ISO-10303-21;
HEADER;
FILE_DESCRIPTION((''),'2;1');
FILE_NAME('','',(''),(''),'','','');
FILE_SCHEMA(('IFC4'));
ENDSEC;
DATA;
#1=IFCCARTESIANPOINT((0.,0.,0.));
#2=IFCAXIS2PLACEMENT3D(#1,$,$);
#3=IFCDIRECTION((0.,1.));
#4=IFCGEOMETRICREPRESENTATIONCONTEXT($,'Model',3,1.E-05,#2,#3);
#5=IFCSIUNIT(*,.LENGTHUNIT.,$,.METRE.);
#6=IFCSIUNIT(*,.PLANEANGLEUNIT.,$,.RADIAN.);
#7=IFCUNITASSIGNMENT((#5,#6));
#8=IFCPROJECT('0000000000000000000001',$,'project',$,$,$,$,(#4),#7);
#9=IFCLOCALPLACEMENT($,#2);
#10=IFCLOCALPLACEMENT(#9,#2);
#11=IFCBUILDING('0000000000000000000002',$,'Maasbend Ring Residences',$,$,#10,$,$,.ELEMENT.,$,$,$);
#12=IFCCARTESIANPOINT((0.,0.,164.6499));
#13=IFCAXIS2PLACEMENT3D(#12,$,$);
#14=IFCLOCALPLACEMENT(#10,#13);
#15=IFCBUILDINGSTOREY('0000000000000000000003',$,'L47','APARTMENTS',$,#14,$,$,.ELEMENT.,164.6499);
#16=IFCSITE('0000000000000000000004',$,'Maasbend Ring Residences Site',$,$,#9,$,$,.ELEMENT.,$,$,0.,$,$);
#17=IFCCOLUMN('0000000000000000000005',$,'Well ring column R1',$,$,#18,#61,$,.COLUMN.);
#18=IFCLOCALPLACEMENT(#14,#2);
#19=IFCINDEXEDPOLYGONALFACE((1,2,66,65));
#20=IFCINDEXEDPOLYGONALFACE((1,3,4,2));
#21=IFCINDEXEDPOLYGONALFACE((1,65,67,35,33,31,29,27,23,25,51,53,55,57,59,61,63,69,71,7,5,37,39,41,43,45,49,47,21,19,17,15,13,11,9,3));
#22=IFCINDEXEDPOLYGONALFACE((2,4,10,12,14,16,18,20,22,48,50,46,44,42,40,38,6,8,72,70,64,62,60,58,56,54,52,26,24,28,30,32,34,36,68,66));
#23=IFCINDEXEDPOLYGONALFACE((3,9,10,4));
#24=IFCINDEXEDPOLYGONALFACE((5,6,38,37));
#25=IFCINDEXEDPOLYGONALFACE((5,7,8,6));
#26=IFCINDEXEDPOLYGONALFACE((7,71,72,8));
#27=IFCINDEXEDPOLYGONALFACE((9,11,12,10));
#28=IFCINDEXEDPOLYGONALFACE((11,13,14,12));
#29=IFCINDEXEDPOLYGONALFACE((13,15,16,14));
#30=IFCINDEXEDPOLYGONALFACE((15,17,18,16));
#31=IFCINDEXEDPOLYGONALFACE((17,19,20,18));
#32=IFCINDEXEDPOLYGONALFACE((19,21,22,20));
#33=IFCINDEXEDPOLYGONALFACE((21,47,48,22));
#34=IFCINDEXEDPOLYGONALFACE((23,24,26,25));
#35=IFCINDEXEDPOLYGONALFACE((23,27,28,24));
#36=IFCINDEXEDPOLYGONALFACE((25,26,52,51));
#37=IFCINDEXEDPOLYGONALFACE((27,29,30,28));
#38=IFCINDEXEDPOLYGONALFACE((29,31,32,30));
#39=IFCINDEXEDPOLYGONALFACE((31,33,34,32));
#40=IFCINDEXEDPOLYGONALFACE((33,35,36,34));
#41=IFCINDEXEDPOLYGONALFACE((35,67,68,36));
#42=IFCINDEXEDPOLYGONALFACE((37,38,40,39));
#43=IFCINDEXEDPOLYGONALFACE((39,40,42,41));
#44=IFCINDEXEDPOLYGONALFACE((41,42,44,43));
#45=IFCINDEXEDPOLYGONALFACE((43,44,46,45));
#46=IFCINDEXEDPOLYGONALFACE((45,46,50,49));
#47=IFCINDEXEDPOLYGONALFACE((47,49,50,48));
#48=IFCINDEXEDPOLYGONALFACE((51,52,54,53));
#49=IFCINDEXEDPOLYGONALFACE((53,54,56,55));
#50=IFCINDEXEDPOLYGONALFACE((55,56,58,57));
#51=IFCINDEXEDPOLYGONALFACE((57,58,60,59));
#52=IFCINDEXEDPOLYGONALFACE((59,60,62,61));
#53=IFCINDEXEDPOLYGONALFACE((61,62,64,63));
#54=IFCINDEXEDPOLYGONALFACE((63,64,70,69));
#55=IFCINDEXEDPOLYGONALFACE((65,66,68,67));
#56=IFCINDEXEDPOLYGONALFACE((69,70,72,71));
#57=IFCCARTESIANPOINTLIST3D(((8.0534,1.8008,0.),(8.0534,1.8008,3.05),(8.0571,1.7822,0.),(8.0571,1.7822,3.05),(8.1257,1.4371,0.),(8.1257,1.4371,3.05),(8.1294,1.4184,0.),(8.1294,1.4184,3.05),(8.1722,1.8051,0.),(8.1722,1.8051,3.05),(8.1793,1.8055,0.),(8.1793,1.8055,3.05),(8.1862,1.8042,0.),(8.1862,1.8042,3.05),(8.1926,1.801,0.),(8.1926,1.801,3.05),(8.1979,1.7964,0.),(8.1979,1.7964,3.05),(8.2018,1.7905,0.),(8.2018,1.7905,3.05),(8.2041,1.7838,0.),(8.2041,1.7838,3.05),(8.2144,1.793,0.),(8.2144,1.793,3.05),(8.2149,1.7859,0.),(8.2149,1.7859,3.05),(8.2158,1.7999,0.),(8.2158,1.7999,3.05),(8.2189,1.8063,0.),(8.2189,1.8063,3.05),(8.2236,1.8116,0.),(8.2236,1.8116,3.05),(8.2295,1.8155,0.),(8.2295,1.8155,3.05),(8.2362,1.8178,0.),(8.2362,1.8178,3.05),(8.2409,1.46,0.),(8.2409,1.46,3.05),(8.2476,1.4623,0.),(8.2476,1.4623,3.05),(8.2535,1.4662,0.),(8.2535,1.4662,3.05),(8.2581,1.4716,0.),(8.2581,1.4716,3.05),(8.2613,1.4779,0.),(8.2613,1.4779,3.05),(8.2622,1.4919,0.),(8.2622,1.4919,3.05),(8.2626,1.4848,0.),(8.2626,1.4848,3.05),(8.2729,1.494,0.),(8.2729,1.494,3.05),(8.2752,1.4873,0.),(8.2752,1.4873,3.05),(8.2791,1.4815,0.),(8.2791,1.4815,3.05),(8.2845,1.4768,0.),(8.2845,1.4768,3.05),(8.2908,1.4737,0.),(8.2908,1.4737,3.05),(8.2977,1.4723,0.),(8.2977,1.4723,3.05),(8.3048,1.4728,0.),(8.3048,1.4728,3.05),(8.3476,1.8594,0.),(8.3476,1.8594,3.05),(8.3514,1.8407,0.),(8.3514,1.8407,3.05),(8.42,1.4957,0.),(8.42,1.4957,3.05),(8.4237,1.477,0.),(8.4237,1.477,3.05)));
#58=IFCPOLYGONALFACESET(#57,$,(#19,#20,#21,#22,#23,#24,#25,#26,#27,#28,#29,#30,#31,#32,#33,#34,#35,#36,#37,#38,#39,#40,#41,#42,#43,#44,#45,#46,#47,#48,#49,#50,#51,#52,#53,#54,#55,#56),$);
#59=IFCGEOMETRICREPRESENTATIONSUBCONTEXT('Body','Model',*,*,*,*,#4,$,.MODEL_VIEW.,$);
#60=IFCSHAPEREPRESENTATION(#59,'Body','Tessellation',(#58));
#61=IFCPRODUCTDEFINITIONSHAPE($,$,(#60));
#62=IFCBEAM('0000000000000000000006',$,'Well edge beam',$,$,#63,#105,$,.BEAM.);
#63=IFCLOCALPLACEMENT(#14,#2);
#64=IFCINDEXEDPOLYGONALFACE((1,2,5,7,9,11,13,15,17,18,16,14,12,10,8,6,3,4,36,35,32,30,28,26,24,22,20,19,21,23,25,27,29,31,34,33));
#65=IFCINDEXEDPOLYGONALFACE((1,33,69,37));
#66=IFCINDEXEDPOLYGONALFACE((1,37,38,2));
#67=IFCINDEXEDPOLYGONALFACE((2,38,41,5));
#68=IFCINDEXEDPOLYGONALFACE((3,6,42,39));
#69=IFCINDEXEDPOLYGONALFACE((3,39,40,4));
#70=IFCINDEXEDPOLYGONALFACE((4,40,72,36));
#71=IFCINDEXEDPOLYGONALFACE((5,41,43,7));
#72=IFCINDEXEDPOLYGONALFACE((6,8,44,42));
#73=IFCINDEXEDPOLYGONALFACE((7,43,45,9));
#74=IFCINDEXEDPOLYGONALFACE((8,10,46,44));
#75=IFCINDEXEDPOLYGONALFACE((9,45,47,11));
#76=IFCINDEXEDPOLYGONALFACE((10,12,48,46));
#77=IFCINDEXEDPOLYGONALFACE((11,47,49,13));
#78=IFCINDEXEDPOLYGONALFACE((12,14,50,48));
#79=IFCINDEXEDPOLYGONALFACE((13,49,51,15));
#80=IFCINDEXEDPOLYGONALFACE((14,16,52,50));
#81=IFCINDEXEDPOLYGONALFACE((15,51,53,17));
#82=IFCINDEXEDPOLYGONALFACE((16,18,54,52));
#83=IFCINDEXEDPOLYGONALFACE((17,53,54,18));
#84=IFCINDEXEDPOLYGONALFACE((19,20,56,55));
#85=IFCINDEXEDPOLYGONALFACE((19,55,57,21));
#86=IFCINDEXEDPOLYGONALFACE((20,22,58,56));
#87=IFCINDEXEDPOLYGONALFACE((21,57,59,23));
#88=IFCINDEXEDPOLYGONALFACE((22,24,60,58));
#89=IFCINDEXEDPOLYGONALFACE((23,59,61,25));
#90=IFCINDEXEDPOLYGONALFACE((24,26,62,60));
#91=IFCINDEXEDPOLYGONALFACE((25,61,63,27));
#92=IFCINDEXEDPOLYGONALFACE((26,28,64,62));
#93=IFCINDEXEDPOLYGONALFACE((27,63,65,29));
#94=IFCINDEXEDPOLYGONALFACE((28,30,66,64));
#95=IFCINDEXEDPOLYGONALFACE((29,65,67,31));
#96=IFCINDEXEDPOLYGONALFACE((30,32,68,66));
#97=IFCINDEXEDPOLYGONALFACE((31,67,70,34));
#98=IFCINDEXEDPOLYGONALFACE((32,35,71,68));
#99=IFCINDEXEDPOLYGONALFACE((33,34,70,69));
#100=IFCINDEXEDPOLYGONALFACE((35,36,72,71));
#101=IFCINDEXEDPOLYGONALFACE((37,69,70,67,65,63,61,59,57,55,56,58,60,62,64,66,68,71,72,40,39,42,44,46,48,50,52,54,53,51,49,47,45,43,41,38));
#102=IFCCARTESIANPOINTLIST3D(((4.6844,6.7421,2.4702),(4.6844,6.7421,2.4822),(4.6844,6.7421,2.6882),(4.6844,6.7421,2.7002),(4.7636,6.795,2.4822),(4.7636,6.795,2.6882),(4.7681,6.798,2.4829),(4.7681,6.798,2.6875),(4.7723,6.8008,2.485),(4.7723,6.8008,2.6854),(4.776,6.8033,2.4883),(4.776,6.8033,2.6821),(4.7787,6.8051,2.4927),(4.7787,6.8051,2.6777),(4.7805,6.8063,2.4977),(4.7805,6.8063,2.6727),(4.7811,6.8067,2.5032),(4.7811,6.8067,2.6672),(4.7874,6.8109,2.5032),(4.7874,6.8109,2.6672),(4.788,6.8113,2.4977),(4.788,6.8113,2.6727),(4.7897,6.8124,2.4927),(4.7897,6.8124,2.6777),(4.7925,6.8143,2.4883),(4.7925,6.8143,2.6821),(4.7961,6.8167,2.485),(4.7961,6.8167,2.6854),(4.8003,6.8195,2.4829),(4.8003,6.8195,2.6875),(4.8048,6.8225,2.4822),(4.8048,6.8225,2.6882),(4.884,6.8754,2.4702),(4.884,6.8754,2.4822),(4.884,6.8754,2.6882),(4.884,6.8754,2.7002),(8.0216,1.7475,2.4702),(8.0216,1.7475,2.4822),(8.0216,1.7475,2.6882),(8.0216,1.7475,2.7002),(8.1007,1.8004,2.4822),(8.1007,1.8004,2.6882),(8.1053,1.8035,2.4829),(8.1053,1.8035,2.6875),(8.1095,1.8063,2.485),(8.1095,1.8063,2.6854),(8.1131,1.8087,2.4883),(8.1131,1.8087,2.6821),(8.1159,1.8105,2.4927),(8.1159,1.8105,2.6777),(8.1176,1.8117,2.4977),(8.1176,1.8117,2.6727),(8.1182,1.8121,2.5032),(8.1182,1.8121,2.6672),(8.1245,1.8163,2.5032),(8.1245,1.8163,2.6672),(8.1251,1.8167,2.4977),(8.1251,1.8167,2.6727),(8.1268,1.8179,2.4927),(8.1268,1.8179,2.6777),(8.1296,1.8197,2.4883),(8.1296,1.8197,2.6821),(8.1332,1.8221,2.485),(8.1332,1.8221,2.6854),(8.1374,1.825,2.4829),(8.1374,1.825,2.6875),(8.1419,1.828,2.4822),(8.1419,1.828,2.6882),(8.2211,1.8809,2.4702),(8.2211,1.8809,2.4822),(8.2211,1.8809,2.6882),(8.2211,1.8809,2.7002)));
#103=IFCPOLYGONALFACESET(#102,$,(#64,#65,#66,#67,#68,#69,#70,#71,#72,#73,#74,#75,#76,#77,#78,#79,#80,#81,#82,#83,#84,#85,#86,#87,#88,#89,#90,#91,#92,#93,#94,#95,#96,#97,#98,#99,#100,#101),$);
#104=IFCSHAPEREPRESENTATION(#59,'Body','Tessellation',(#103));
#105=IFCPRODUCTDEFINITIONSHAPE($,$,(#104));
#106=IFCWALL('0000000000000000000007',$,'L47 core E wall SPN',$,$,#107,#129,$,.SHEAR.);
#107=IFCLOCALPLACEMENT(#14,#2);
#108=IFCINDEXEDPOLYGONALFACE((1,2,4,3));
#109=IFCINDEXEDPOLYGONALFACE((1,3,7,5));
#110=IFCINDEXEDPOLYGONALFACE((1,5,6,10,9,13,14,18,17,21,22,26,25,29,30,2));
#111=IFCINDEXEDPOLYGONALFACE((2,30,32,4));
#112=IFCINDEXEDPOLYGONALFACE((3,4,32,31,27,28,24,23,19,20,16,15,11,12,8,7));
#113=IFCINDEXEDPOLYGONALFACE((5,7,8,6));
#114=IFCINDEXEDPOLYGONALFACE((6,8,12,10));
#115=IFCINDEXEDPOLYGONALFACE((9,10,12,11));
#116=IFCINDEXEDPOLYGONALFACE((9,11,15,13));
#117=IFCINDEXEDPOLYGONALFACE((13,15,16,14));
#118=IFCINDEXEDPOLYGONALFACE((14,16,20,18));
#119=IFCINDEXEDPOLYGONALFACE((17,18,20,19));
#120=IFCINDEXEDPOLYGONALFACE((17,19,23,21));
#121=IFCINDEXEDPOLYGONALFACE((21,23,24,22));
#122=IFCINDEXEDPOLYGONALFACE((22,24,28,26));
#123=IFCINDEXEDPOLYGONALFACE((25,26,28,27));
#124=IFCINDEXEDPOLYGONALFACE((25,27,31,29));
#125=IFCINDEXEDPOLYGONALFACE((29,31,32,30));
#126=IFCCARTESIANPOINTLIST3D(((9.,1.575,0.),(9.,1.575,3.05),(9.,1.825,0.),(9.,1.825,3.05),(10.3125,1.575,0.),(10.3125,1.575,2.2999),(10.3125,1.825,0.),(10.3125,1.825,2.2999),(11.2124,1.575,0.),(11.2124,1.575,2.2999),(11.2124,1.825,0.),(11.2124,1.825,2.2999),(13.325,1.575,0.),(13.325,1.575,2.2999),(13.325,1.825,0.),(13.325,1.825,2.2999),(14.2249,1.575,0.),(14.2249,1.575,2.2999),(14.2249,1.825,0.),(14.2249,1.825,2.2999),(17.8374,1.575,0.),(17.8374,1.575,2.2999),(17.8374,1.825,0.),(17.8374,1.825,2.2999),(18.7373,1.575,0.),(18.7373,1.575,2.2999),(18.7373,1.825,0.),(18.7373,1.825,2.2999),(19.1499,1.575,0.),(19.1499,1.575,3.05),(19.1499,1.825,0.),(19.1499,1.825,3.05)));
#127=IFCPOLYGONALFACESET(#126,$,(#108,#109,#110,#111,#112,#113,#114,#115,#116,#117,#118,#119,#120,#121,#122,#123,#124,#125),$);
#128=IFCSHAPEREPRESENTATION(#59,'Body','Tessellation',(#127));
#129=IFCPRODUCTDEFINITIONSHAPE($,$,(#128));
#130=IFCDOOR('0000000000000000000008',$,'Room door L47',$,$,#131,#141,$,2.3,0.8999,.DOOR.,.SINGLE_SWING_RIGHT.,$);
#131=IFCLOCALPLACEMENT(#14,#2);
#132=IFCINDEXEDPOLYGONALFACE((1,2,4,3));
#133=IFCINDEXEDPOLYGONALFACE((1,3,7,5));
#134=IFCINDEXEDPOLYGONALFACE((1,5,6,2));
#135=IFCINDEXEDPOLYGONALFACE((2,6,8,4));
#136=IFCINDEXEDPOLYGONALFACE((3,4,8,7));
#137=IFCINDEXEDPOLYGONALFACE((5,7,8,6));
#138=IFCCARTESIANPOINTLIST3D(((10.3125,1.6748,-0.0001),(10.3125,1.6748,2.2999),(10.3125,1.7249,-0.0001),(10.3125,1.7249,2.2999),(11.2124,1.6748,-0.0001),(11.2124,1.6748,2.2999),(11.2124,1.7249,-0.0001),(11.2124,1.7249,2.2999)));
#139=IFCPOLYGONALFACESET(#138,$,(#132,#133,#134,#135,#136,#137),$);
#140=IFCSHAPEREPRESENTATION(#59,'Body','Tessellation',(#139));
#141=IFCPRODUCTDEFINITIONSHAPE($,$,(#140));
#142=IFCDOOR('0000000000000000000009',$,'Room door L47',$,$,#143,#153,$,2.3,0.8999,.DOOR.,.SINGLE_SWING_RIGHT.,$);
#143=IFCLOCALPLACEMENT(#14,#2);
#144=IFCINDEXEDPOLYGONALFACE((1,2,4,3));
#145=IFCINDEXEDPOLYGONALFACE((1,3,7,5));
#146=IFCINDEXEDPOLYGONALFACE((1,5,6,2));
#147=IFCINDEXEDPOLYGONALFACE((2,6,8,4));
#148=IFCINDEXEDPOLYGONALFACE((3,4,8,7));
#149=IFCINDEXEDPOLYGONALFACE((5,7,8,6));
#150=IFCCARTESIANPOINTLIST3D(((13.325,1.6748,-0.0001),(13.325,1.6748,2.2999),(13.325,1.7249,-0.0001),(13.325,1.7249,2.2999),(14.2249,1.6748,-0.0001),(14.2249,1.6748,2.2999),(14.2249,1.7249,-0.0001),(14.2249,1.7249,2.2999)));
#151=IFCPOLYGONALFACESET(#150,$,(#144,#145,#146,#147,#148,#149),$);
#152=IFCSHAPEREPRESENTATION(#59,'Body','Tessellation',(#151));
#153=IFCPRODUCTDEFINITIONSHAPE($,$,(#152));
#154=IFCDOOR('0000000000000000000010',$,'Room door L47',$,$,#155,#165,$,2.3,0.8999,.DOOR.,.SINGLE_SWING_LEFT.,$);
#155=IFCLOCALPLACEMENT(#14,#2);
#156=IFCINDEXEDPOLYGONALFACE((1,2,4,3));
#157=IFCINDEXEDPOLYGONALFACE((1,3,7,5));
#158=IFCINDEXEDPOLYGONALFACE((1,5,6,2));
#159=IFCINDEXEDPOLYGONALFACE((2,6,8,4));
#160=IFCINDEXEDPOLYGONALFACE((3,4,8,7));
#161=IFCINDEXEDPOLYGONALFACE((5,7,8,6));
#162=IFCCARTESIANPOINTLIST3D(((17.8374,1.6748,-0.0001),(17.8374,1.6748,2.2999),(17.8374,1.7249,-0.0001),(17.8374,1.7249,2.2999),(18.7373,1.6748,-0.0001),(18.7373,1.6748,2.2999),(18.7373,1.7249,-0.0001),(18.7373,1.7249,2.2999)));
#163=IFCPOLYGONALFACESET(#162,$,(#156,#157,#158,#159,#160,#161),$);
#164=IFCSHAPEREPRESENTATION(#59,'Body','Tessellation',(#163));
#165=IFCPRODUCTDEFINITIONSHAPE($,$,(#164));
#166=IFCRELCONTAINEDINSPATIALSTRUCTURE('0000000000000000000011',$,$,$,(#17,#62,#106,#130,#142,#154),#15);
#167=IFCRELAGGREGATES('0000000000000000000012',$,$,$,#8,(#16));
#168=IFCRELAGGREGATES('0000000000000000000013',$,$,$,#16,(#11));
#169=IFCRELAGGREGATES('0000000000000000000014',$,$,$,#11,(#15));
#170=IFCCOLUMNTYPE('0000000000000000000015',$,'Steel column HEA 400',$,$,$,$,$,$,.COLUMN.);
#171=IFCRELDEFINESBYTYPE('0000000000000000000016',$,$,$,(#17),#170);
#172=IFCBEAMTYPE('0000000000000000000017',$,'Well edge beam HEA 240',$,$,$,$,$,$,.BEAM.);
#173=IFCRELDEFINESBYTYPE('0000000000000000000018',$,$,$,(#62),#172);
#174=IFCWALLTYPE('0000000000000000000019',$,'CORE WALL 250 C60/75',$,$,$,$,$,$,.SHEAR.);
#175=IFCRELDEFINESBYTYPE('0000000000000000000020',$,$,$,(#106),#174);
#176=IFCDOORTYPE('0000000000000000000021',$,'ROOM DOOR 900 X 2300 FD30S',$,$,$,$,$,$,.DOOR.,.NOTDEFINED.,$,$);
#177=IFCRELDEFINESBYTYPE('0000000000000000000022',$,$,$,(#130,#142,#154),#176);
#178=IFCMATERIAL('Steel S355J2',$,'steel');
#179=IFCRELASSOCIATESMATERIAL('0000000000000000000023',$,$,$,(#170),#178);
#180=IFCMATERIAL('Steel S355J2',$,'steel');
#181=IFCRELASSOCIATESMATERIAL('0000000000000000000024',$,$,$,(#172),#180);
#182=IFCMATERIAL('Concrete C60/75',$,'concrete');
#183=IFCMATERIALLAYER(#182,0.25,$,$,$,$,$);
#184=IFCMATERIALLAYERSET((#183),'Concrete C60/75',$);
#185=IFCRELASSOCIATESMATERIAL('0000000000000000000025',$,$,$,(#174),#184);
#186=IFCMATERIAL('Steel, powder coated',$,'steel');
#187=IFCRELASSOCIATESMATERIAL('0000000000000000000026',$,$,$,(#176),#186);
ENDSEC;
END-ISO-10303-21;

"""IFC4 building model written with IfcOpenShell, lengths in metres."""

from ifc_helpers import new_model, si_unit, direction, frame, frame_2d, origin, origin_2d, place, context, subcontext, project, spatial, rectangle, i_section, extrude, material, layer, layer_set, material_profile, profile_set, type_object, element, fill, save


model = new_model("IFC4")

# Units and contexts
model_context = context("Model", 3, precision=1e-05, world=origin(), true_north=direction((0.0, 1.0)))
body_context = subcontext(model_context, "Body", "Model", "MODEL_VIEW")
ifc_project = project(units=[si_unit("LENGTHUNIT", "METRE"), si_unit("PLANEANGLEUNIT", "RADIAN")], contexts=[model_context])

# Site, building, storey
site_placement = place(None, origin())
site = spatial("IfcSite", under=ifc_project, at=site_placement, Name="Maasbend Ring Residences Site", CompositionType="ELEMENT", RefElevation=0.0)
building_placement = place(site_placement, origin())
building = spatial("IfcBuilding", under=site, at=building_placement, Name="Maasbend Ring Residences", CompositionType="ELEMENT")
storey_placement = place(building_placement, frame((0.0, 0.0, 164.6499)))
storey = spatial("IfcBuildingStorey", under=building, at=storey_placement, Name="L47", Description="APARTMENTS", CompositionType="ELEMENT", Elevation=164.6499)

# Column
ifc_material_1 = material(Name="Steel S355J2", Category="steel")
ifc_material_profile_1 = material_profile(ifc_material_1, i_section(OverallWidth=0.3, OverallDepth=0.3899, WebThickness=0.011, FlangeThickness=0.019, FilletRadius=0.0271, at=origin_2d()), Name="HEA 400")
ifc_profile_set_1 = profile_set([ifc_material_profile_1], Name="Steel S355J2")
column_type = type_object("IfcColumnType", Name="Steel column HEA 400", PredefinedType="COLUMN", material=ifc_profile_set_1)
column_placement = place(storey_placement, frame((8.2385, 1.6389, 0.0), z_axis=(0.0, 0.0, 1.0), x_axis=(0.980785, 0.19509, 0.0)))
element("IfcColumn", 1, at=column_placement, inside=storey, type_object=column_type, Name="Well ring column R1", PredefinedType="COLUMN", context=body_context, shape_type="SweptSolid", body=[
    extrude(i_section(OverallWidth=0.3, OverallDepth=0.3899, WebThickness=0.011, FlangeThickness=0.019, FilletRadius=0.0271, at=origin_2d()), origin(), (0.0, 0.0, 1.0), 3.05),
])

# Beam
ifc_material_2 = material(Name="Steel S355J2", Category="steel")
ifc_material_profile_2 = material_profile(ifc_material_2, i_section(OverallWidth=0.24, OverallDepth=0.23, WebThickness=0.0076, FlangeThickness=0.012, FilletRadius=0.021, at=origin_2d()), Name="HEA 240")
ifc_profile_set_2 = profile_set([ifc_material_profile_2], Name="Steel S355J2")
beam_type = type_object("IfcBeamType", Name="Well edge beam HEA 240", PredefinedType="BEAM", material=ifc_profile_set_2)
beam_placement = place(storey_placement, frame((8.1213, 1.8142, 2.5852), z_axis=(-0.555553, 0.831481, 0.0), x_axis=(-0.831481, -0.555553, 0.0)))
element("IfcBeam", 2, at=beam_placement, inside=storey, type_object=beam_type, Name="Well edge beam", PredefinedType="BEAM", context=body_context, shape_type="SweptSolid", body=[
    extrude(i_section(OverallWidth=0.24, OverallDepth=0.23, WebThickness=0.0076, FlangeThickness=0.012, FilletRadius=0.021, at=origin_2d()), origin(), (0.0, 0.0, 1.0), 6.0068),
])

# Wall, openings, doors
ifc_material_3 = material(Name="Concrete C60/75", Category="concrete")
ifc_layer_1 = layer(ifc_material_3, 0.25)
ifc_layer_set_1 = layer_set([ifc_layer_1], Name="Concrete C60/75")
wall_type_1 = type_object("IfcWallType", Name="CORE WALL 250 C60/75", PredefinedType="SHEAR", material=ifc_layer_set_1)
wall_1_placement = place(storey_placement, frame((9.0, 1.7, 0.0), z_axis=(0.0, 0.0, 1.0), x_axis=(1.0, 0.0, 0.0)))
wall_1 = element("IfcWall", 3, at=wall_1_placement, inside=storey, type_object=wall_type_1, Name="L47 core E wall SPN", PredefinedType="SHEAR", context=body_context, shape_type="SweptSolid", body=[
    extrude(rectangle(XDim=10.1499, YDim=0.25, at=frame_2d((5.075, 0.0))), origin(), (0.0, 0.0, 1.0), 3.05),
])
opening_1_placement = place(wall_1_placement, frame((1.3125, 0.0, 0.0)))
opening_1 = element("IfcOpeningElement", 4, at=opening_1_placement, cuts=wall_1, PredefinedType="OPENING", context=body_context, shape_type="SweptSolid", body=[
    extrude(rectangle(XDim=0.8999, YDim=2.3, at=frame_2d((0.45, 1.1499))), frame((0.0, 0.135, 0.0), z_axis=(0.0, -1.0, 0.0), x_axis=(1.0, 0.0, 0.0)), (0.0, 0.0, 1.0), 0.27),
])
opening_2_placement = place(wall_1_placement, frame((4.325, 0.0, 0.0)))
opening_2 = element("IfcOpeningElement", 5, at=opening_2_placement, cuts=wall_1, PredefinedType="OPENING", context=body_context, shape_type="SweptSolid", body=[
    extrude(rectangle(XDim=0.8999, YDim=2.3, at=frame_2d((0.45, 1.1499))), frame((0.0, 0.135, 0.0), z_axis=(0.0, -1.0, 0.0), x_axis=(1.0, 0.0, 0.0)), (0.0, 0.0, 1.0), 0.27),
])
opening_3_placement = place(wall_1_placement, frame((8.8374, 0.0, 0.0)))
opening_3 = element("IfcOpeningElement", 6, at=opening_3_placement, cuts=wall_1, PredefinedType="OPENING", context=body_context, shape_type="SweptSolid", body=[
    extrude(rectangle(XDim=0.8999, YDim=2.3, at=frame_2d((0.45, 1.1499))), frame((0.0, 0.135, 0.0), z_axis=(0.0, -1.0, 0.0), x_axis=(1.0, 0.0, 0.0)), (0.0, 0.0, 1.0), 0.27),
])
ifc_material_4 = material(Name="Steel, powder coated", Category="steel")
door_type_1 = type_object("IfcDoorType", Name="ROOM DOOR 900 X 2300 FD30S", OperationType="NOTDEFINED", PredefinedType="DOOR", material=ifc_material_4)
door_1_placement = place(opening_1_placement, origin())
door_1 = element("IfcDoor", 7, at=door_1_placement, inside=storey, type_object=door_type_1, Name="Room door L47", OperationType="SINGLE_SWING_RIGHT", OverallHeight=2.3, OverallWidth=0.8999, PredefinedType="DOOR", context=body_context, shape_type="SweptSolid", body=[
    extrude(rectangle(XDim=0.8999, YDim=2.3, at=frame_2d((0.45, 1.1499))), frame((0.0, 0.0249, 0.0), z_axis=(0.0, -1.0, 0.0), x_axis=(1.0, 0.0, 0.0)), (0.0, 0.0, 1.0), 0.05),
])
fill(opening_1, door_1)
door_2_placement = place(opening_2_placement, origin())
door_2 = element("IfcDoor", 8, at=door_2_placement, inside=storey, type_object=door_type_1, Name="Room door L47", OperationType="SINGLE_SWING_RIGHT", OverallHeight=2.3, OverallWidth=0.8999, PredefinedType="DOOR", context=body_context, shape_type="SweptSolid", body=[
    extrude(rectangle(XDim=0.8999, YDim=2.3, at=frame_2d((0.45, 1.1499))), frame((0.0, 0.0249, 0.0), z_axis=(0.0, -1.0, 0.0), x_axis=(1.0, 0.0, 0.0)), (0.0, 0.0, 1.0), 0.05),
])
fill(opening_2, door_2)
door_3_placement = place(opening_3_placement, origin())
door_3 = element("IfcDoor", 9, at=door_3_placement, inside=storey, type_object=door_type_1, Name="Room door L47", OperationType="SINGLE_SWING_LEFT", OverallHeight=2.3, OverallWidth=0.8999, PredefinedType="DOOR", context=body_context, shape_type="SweptSolid", body=[
    extrude(rectangle(XDim=0.8999, YDim=2.3, at=frame_2d((0.45, 1.1499))), frame((0.0, 0.0249, 0.0), z_axis=(0.0, -1.0, 0.0), x_axis=(1.0, 0.0, 0.0)), (0.0, 0.0, 1.0), 0.05),
])
fill(opening_3, door_3)

save(model, "model.ifc")
